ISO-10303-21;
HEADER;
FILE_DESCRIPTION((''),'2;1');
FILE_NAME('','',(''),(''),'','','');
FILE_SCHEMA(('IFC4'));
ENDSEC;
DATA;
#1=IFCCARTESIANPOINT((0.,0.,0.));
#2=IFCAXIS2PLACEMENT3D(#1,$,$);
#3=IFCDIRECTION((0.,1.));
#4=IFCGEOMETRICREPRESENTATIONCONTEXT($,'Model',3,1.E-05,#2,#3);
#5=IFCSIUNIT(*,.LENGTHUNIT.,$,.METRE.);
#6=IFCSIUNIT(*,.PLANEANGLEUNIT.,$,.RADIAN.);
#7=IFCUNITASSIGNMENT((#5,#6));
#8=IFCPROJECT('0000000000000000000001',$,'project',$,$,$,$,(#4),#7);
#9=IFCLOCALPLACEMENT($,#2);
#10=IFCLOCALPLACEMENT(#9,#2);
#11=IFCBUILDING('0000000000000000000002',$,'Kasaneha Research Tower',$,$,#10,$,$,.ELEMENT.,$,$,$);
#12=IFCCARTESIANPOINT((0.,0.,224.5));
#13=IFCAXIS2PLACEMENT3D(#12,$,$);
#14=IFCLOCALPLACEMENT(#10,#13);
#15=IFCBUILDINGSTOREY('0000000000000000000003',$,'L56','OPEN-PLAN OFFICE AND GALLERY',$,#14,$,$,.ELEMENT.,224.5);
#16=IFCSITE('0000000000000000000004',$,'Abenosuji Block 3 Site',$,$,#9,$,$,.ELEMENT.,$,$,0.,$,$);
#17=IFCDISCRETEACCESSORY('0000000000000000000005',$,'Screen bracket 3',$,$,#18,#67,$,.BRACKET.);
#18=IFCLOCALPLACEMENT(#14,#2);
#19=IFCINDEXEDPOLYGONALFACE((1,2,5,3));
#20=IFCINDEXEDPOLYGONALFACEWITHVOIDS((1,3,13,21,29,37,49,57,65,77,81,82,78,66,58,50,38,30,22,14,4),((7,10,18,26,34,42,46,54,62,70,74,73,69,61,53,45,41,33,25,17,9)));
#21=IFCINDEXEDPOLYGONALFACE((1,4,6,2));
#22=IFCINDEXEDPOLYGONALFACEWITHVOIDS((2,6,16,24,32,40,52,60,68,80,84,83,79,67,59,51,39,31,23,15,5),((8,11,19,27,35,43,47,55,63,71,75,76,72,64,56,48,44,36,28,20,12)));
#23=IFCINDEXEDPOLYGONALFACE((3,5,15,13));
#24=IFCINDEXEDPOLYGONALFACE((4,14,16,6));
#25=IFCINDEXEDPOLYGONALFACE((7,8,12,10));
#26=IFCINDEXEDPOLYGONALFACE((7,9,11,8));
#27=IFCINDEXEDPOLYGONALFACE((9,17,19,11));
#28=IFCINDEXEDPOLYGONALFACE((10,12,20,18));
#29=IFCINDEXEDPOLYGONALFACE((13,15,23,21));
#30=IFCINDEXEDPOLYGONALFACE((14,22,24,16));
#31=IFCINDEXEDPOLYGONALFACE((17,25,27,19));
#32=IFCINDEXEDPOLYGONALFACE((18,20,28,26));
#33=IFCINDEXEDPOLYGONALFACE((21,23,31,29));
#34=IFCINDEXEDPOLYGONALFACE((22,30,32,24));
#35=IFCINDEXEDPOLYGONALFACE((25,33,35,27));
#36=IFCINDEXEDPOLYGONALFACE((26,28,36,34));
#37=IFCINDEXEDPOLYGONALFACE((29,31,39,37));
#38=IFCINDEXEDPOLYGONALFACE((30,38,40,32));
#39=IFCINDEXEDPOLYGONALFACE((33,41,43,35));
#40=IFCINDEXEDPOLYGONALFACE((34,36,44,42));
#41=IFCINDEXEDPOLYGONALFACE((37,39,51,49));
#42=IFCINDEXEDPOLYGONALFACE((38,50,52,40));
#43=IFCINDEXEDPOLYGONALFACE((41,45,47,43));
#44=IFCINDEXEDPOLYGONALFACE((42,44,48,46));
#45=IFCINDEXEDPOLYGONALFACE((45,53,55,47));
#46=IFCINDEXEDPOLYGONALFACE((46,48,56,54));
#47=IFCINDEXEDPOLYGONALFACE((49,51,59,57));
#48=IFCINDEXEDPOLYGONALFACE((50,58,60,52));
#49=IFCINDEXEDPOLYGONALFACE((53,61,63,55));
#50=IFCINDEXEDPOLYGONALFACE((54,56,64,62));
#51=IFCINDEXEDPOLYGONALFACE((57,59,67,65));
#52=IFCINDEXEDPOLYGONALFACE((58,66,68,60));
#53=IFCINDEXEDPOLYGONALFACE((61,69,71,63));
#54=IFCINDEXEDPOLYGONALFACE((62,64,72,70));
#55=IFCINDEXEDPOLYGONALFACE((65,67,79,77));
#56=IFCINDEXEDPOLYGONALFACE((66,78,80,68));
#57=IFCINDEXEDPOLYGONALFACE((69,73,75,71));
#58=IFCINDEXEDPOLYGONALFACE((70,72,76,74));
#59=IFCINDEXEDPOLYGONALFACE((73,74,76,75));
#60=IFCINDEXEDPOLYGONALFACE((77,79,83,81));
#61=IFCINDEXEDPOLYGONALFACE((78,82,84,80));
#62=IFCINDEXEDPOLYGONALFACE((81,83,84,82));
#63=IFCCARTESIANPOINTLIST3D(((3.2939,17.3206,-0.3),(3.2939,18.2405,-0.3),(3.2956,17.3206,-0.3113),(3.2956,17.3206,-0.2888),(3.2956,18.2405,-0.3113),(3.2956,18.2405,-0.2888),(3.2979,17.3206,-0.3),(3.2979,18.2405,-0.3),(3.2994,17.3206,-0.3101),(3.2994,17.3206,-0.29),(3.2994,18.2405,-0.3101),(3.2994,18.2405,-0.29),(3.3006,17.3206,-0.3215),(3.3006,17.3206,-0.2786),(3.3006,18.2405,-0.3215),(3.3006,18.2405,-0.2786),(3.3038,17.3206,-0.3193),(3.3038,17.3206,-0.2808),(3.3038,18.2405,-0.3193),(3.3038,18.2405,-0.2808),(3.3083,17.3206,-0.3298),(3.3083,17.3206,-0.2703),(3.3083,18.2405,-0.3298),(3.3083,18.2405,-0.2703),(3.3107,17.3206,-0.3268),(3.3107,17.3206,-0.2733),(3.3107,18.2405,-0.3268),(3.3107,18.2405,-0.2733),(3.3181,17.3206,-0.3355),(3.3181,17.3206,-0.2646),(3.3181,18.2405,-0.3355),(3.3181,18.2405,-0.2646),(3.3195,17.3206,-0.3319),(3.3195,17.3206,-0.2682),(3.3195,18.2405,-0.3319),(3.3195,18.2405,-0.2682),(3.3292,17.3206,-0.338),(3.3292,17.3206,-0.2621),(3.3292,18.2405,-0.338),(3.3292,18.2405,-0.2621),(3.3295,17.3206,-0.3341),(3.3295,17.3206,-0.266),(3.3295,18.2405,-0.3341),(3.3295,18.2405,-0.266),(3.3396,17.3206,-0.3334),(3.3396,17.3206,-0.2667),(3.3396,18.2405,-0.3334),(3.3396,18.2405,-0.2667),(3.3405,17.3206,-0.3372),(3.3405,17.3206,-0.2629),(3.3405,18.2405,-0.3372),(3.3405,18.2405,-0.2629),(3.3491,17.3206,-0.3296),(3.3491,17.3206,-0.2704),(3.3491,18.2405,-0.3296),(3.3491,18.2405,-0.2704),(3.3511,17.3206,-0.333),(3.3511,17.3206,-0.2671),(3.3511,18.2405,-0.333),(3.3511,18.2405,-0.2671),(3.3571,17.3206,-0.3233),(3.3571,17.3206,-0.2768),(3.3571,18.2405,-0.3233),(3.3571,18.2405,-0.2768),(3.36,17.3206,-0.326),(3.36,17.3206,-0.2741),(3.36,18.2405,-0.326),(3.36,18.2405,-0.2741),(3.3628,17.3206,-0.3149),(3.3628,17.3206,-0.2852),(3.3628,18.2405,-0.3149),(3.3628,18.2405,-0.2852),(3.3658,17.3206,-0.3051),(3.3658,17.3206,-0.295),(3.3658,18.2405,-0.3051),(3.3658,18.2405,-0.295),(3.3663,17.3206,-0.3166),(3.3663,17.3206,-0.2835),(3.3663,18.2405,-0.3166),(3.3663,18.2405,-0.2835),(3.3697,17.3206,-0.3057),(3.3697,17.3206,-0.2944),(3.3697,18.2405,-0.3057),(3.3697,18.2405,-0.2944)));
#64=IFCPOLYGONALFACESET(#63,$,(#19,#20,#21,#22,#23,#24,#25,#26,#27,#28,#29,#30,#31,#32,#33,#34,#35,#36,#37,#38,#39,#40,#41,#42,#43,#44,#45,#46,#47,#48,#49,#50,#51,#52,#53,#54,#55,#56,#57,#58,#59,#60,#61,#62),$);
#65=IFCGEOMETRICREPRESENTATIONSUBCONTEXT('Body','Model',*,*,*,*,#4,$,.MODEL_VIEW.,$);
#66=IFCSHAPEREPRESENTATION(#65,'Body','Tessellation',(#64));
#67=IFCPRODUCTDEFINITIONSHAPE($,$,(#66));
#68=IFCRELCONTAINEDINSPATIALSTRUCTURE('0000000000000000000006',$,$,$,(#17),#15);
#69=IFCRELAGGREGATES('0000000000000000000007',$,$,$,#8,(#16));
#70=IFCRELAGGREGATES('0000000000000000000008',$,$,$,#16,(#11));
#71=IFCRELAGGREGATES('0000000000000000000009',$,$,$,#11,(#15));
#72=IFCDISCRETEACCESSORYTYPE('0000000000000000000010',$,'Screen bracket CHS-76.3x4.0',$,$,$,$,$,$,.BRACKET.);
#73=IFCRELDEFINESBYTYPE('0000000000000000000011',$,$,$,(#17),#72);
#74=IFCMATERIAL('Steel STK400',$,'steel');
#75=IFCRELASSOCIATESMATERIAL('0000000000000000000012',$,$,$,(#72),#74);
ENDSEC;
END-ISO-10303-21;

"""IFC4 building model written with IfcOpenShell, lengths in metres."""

from ifc_helpers import new_model, si_unit, direction, frame, origin, origin_2d, place, context, subcontext, project, spatial, hollow_circle, extrude, material, material_profile, profile_set, type_object, element, save


model = new_model("IFC4")

# Units and contexts
model_context = context("Model", 3, precision=1e-05, world=origin(), true_north=direction((0.0, 1.0)))
body_context = subcontext(model_context, "Body", "Model", "MODEL_VIEW")
ifc_project = project(units=[si_unit("LENGTHUNIT", "METRE"), si_unit("PLANEANGLEUNIT", "RADIAN")], contexts=[model_context])

# Site, building, storey
site_placement = place(None, origin())
site = spatial("IfcSite", under=ifc_project, at=site_placement, Name="Abenosuji Block 3 Site", CompositionType="ELEMENT", RefElevation=0.0)
building_placement = place(site_placement, origin())
building = spatial("IfcBuilding", under=site, at=building_placement, Name="Kasaneha Research Tower", CompositionType="ELEMENT")
storey_placement = place(building_placement, frame((0.0, 0.0, 224.5)))
storey = spatial("IfcBuildingStorey", under=building, at=storey_placement, Name="L56", Description="OPEN-PLAN OFFICE AND GALLERY", CompositionType="ELEMENT", Elevation=224.5)

# Discrete accessory
ifc_material_1 = material(Name="Steel STK400", Category="steel")
ifc_material_profile_1 = material_profile(ifc_material_1, hollow_circle(Radius=0.0381, WallThickness=0.0039, at=origin_2d()), Name="CHS-76.3x4.0")
ifc_profile_set_1 = profile_set([ifc_material_profile_1], Name="Steel STK400")
discrete_accessory_type = type_object("IfcDiscreteAccessoryType", Name="Screen bracket CHS-76.3x4.0", PredefinedType="BRACKET", material=ifc_profile_set_1)
for number, where, z_axis, x_axis, name in (
    (1, (3.332, 17.3206, -0.3), (0.0, 1.0, 0.0), (-1.0, 0.0, 0.0), "Screen bracket 3"),
):
    element("IfcDiscreteAccessory", number, at=place(storey_placement, frame(where, z_axis=z_axis, x_axis=x_axis)), inside=storey, type_object=discrete_accessory_type, Name=name, PredefinedType="BRACKET", context=body_context, shape_type="SweptSolid", body=[
        extrude(hollow_circle(Radius=0.0381, WallThickness=0.0039, at=origin_2d()), origin(), (0.0, 0.0, 1.0), 0.9199),
    ])

save(model, "model.ifc")
